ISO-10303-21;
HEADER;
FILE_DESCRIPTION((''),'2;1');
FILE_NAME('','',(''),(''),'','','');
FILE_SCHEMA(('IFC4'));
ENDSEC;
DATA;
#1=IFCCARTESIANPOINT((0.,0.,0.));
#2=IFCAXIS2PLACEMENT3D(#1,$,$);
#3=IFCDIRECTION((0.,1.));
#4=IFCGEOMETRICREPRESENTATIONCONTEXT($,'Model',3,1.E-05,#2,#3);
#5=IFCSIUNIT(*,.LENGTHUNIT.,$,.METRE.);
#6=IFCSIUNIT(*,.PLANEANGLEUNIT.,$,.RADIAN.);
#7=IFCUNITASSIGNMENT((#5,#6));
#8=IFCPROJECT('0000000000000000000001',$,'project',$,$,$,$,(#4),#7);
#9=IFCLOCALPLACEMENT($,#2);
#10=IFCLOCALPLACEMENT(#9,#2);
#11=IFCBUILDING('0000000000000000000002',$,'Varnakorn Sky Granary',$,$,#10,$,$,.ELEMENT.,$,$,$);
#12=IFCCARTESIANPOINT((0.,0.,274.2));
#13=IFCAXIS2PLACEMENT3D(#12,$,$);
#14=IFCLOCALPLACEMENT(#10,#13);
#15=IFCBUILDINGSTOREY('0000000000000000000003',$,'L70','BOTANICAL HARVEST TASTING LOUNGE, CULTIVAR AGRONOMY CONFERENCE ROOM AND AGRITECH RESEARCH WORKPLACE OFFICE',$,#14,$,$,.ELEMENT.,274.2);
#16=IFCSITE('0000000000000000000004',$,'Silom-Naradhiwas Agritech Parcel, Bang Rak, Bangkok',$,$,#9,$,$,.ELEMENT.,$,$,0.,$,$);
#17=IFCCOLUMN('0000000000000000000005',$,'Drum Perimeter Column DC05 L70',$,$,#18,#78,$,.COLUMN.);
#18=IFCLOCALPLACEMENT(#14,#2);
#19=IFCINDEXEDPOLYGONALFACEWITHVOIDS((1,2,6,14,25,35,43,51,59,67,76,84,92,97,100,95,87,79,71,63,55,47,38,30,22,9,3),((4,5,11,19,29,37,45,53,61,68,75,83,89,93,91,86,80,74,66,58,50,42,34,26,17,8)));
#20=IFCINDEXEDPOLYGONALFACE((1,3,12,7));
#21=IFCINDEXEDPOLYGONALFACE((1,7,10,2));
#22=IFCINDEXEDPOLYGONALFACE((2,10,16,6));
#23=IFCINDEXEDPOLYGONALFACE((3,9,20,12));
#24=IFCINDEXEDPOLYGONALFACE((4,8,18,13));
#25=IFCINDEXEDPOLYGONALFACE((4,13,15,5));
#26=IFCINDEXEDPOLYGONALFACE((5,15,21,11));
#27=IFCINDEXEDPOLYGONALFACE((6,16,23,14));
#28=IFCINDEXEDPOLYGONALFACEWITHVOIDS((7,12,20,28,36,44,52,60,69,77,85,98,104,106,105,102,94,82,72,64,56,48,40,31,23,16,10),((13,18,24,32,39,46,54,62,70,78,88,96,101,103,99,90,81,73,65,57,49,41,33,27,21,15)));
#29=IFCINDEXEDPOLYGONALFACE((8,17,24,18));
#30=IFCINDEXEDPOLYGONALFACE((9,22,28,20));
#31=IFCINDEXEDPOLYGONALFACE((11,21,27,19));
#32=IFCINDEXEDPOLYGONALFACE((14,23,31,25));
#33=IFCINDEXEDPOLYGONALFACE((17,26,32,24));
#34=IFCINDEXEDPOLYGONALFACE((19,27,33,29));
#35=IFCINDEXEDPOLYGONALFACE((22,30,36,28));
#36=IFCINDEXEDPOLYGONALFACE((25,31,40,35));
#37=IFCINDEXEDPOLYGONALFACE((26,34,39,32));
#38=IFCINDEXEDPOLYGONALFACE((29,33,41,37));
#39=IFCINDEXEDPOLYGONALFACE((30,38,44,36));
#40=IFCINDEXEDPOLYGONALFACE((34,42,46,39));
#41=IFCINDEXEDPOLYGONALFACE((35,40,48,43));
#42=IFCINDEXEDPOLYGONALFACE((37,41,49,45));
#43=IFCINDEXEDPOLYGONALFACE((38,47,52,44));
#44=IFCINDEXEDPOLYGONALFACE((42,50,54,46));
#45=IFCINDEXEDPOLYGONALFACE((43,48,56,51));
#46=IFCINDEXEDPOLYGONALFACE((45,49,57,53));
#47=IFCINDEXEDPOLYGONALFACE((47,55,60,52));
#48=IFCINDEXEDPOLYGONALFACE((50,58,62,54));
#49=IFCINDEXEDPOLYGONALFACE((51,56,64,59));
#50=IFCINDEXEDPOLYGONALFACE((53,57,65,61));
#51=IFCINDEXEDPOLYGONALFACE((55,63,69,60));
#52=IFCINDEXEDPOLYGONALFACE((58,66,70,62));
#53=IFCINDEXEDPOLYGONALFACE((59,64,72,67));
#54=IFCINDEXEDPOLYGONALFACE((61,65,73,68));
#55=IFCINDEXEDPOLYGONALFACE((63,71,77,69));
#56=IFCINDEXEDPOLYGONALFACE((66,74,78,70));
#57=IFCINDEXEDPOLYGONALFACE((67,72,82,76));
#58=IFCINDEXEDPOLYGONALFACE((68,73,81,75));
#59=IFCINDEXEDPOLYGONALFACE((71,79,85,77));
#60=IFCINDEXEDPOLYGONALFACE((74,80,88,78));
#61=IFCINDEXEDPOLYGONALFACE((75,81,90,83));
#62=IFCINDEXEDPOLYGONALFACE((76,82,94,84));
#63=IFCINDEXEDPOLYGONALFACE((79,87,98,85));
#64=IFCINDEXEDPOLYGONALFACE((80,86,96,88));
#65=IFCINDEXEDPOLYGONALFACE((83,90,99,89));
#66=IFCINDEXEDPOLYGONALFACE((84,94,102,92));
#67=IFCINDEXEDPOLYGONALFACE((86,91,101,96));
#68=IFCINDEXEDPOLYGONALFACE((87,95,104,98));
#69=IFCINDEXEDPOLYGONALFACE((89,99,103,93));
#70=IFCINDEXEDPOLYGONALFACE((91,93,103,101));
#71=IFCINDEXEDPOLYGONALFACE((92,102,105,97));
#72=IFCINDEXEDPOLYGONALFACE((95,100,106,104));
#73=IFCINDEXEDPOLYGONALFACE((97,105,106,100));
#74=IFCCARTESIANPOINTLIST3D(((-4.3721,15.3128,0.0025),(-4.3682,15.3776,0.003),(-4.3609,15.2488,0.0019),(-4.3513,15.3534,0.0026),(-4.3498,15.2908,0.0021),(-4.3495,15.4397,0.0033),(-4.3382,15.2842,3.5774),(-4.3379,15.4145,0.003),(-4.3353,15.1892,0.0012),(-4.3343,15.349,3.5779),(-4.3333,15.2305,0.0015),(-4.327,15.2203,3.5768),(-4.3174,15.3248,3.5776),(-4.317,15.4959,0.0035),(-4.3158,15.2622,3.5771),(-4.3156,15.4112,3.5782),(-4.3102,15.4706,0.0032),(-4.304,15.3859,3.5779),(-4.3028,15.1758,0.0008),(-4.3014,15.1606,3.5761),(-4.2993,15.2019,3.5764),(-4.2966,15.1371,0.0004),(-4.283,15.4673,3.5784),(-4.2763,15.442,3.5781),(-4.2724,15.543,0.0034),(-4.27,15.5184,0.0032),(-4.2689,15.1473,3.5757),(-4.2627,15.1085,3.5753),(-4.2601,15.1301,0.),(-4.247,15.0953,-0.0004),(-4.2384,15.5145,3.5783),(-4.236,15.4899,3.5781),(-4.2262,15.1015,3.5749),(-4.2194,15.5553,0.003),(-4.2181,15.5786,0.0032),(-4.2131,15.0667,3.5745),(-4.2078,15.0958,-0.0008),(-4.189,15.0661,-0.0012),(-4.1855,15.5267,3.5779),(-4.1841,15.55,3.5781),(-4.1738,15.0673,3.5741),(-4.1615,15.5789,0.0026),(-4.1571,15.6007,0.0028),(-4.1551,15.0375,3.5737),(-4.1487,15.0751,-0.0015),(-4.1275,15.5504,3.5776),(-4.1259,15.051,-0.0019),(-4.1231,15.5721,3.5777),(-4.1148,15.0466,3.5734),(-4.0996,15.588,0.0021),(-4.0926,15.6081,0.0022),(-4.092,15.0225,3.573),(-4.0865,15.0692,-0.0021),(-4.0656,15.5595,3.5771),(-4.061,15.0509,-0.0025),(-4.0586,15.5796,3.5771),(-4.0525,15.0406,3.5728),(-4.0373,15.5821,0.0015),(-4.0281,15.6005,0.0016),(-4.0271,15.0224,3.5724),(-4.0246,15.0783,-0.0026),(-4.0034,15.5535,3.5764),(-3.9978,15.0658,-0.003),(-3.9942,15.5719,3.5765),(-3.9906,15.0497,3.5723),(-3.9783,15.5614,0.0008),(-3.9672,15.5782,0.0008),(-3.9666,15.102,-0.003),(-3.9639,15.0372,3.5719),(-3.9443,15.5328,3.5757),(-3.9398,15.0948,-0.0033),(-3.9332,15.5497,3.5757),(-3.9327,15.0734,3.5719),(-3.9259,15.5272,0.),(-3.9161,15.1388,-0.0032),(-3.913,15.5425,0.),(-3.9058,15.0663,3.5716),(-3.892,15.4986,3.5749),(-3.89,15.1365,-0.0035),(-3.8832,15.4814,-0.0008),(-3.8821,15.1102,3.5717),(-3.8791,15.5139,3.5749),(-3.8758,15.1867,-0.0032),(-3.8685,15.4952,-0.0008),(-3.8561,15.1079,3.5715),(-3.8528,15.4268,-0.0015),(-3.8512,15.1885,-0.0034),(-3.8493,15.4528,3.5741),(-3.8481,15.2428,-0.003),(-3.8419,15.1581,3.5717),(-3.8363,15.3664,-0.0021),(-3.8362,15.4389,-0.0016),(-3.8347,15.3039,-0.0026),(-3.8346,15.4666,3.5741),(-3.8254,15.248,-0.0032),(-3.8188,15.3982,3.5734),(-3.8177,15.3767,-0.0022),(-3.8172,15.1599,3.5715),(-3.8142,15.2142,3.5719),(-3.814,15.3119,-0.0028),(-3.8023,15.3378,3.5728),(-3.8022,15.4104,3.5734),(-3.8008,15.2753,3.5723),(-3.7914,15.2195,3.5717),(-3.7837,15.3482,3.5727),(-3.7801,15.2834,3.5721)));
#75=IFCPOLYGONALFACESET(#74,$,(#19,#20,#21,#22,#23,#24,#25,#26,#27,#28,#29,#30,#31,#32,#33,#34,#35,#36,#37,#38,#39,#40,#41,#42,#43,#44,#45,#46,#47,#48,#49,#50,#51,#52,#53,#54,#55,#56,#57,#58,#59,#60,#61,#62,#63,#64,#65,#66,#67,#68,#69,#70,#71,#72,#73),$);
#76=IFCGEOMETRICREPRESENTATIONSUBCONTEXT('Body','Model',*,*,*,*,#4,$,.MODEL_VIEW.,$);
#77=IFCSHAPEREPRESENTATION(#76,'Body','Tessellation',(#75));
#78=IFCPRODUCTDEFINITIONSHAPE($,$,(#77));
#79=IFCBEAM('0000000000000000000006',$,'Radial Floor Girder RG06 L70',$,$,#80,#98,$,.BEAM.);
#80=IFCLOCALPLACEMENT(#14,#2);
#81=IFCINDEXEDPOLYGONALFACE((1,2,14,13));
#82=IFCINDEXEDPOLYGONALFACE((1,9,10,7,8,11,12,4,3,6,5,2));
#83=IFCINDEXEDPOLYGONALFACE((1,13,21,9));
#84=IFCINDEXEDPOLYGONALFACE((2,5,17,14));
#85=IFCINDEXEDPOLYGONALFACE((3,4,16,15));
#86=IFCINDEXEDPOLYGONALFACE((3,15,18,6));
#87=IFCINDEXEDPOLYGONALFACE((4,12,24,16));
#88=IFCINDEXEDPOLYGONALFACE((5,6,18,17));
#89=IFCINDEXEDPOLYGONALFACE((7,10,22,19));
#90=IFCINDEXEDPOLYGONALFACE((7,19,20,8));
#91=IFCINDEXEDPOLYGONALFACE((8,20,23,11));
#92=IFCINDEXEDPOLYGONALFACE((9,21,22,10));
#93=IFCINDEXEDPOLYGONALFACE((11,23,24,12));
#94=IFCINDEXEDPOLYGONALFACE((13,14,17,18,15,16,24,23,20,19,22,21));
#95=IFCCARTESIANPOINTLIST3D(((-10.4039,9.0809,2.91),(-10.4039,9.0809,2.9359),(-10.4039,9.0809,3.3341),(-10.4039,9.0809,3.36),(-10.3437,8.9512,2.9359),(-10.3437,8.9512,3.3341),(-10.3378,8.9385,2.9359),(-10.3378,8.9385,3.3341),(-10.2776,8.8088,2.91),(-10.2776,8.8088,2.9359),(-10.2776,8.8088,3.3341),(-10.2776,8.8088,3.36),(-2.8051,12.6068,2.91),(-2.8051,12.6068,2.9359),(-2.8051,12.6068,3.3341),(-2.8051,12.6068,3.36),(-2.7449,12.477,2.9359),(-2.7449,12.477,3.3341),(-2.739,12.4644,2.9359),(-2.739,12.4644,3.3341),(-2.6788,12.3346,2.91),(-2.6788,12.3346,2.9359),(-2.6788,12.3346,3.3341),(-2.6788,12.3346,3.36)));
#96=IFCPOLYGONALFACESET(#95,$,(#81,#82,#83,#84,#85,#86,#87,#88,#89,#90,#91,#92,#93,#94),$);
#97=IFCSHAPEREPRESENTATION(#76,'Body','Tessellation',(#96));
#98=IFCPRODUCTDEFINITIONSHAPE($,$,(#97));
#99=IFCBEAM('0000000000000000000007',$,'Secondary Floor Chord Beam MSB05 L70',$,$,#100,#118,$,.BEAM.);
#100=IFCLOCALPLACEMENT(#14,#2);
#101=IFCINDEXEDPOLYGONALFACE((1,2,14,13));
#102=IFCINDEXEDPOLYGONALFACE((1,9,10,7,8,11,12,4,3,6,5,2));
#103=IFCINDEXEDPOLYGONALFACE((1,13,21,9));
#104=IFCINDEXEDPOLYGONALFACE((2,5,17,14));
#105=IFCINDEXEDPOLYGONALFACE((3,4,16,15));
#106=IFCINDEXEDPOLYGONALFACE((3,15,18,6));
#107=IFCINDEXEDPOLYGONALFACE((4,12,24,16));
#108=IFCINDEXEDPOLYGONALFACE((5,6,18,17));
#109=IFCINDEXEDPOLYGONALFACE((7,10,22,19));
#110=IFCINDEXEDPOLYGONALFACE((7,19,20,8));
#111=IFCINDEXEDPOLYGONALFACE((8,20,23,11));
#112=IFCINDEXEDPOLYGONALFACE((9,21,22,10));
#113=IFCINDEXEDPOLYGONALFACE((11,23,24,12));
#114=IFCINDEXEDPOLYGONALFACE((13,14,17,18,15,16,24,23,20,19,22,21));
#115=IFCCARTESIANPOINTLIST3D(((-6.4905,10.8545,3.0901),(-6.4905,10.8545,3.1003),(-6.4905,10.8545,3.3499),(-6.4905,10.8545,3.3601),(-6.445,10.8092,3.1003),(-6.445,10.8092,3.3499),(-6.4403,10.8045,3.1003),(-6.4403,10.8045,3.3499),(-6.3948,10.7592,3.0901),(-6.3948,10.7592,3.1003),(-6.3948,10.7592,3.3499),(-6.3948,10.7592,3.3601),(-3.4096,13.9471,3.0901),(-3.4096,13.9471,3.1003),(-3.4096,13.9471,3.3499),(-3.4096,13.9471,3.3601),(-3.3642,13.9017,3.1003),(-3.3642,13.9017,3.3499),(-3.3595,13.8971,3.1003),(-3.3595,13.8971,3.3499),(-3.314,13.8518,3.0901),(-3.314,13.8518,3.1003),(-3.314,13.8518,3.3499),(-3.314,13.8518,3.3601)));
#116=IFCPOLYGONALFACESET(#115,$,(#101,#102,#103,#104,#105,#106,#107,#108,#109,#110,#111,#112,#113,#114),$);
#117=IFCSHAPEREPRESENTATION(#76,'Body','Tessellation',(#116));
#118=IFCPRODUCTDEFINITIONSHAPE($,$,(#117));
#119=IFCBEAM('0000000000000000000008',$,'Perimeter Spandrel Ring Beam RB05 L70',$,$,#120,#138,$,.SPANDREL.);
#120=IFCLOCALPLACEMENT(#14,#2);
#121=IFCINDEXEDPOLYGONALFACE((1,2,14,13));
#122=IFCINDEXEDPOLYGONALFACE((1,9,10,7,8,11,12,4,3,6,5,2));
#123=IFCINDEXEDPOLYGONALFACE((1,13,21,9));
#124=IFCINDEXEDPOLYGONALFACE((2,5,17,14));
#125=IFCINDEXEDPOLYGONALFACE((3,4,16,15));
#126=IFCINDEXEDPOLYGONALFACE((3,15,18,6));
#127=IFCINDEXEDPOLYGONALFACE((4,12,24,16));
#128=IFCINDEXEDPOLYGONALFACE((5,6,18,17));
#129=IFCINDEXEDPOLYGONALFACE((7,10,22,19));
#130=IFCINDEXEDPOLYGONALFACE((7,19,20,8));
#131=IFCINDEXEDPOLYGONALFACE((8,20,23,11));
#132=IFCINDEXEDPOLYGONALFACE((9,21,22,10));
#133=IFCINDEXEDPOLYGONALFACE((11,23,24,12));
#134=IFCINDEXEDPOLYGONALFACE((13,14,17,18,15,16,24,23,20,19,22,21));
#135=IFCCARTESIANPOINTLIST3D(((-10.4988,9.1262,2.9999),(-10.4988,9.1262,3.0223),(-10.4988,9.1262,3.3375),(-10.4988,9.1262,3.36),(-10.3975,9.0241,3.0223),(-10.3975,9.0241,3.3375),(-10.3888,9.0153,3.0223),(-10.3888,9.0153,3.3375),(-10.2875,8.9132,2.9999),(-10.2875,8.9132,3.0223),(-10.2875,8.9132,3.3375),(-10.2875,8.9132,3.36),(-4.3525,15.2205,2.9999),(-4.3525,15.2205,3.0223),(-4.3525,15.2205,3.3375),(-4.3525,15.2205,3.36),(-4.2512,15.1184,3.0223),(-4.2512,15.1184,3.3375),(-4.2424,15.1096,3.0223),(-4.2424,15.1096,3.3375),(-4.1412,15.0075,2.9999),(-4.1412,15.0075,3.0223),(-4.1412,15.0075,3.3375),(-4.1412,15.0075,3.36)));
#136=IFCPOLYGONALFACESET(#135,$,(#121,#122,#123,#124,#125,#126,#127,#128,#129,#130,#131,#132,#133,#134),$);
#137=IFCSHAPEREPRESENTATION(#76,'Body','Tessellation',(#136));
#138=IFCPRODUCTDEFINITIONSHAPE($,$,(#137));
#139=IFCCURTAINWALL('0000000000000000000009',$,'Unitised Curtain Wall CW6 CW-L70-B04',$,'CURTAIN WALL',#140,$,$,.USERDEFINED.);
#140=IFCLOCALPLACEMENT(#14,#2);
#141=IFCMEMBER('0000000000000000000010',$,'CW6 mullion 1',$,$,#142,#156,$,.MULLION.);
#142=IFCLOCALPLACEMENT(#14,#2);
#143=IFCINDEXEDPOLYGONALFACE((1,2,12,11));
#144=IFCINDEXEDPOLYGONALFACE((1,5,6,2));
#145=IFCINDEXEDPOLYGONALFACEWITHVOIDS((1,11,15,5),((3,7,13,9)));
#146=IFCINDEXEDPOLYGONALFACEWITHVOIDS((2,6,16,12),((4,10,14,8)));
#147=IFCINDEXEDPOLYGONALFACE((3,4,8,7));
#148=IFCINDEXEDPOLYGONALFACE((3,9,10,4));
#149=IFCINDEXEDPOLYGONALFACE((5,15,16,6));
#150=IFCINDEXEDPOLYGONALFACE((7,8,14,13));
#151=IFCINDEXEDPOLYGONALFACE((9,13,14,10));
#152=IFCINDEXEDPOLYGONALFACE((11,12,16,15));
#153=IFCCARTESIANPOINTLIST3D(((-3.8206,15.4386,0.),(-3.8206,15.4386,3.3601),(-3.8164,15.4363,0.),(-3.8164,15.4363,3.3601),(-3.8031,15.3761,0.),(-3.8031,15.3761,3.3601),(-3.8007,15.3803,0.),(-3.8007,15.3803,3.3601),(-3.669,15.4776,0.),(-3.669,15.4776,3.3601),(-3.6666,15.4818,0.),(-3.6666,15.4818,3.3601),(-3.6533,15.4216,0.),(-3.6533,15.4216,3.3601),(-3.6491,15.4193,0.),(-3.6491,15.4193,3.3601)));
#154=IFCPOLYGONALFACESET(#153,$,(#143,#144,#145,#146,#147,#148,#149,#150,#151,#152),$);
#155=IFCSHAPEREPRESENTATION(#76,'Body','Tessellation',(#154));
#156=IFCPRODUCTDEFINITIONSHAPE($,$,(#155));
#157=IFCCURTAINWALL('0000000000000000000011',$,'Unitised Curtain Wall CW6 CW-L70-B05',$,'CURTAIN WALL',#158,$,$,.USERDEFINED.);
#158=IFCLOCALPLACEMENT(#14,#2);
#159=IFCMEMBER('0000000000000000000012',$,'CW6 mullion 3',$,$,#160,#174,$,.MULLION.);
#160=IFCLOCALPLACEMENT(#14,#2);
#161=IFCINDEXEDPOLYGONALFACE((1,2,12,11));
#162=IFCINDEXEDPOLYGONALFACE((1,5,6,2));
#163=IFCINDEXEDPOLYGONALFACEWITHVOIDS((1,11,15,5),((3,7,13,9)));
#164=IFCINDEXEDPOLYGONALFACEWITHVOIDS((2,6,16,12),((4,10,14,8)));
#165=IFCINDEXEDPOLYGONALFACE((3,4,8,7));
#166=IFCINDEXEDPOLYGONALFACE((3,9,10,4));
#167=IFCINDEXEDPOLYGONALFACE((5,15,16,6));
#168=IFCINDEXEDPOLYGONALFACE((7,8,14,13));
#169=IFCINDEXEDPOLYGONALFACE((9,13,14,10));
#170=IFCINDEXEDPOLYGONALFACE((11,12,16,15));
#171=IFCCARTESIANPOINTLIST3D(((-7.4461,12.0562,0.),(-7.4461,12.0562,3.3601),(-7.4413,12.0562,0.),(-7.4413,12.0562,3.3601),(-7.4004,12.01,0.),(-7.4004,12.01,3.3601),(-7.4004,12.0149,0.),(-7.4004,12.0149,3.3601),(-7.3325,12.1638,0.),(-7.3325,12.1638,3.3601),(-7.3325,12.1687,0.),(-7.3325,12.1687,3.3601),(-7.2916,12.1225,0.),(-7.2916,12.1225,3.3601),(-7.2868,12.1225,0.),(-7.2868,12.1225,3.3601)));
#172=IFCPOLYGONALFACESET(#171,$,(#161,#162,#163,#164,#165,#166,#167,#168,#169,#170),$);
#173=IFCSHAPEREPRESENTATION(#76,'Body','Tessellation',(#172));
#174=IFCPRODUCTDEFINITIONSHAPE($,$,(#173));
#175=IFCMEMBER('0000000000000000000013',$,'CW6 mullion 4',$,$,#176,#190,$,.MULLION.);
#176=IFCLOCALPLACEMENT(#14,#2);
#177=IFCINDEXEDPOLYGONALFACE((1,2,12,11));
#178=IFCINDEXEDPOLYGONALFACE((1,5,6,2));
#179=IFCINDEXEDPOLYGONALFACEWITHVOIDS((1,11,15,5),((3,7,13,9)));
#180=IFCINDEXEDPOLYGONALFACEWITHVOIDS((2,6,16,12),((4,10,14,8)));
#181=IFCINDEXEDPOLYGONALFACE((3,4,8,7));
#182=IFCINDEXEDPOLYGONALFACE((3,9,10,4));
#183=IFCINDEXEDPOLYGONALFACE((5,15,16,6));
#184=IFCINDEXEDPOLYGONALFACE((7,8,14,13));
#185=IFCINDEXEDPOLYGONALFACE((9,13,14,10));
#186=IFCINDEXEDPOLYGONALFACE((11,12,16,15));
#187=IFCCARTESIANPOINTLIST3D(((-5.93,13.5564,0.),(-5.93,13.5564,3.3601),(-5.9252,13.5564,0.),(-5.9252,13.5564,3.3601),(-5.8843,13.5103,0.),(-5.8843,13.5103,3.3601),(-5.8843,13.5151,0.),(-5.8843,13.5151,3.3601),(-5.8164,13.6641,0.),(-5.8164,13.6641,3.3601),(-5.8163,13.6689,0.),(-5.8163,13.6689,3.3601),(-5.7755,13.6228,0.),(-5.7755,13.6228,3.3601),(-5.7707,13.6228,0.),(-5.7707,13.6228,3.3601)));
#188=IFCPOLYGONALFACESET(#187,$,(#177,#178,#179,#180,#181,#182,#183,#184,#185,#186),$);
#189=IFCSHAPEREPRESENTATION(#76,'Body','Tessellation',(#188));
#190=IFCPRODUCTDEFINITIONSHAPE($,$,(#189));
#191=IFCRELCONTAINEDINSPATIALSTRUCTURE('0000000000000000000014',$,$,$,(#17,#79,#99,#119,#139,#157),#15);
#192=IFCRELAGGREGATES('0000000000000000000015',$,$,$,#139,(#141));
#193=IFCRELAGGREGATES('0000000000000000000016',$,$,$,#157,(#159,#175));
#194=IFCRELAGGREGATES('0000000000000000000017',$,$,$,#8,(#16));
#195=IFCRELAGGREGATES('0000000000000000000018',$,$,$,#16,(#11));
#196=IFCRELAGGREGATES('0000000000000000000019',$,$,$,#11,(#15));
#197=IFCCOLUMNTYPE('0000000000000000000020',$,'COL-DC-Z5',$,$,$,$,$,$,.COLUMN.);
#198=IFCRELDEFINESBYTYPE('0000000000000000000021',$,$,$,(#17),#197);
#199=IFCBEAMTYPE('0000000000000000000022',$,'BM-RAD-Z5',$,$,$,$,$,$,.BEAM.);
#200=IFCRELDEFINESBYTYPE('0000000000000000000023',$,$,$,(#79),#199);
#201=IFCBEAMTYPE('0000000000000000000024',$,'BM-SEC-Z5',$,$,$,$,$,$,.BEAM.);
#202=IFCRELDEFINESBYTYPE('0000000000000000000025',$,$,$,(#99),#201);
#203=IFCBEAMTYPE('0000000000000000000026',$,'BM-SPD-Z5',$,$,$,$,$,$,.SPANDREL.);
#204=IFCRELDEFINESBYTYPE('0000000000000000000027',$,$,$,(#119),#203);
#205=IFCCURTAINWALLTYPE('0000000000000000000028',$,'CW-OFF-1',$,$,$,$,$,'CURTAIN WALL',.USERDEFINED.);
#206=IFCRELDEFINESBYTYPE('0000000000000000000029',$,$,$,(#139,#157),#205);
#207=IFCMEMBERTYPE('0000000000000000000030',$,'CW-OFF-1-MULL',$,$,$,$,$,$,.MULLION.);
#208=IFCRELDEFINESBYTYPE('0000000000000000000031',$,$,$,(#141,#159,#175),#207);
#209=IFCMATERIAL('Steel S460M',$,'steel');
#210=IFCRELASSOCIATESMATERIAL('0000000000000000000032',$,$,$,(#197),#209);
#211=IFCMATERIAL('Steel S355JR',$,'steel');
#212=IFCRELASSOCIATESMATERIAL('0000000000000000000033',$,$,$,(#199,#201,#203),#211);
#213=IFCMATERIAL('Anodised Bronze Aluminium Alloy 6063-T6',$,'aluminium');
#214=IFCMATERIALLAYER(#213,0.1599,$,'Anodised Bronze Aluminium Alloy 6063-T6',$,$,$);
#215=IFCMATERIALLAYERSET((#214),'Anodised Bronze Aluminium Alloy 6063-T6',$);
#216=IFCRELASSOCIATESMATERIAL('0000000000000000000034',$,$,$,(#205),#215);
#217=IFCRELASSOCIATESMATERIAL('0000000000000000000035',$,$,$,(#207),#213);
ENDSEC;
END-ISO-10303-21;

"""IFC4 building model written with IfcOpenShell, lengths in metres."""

from ifc_helpers import new_model, si_unit, direction, frame, origin, origin_2d, place, context, subcontext, project, spatial, hollow_rectangle, hollow_circle, i_section, extrude, material, layer, layer_set, material_profile, profile_set, type_object, element, aggregate, save


model = new_model("IFC4")

# Units and contexts
model_context = context("Model", 3, precision=1e-05, world=origin(), true_north=direction((0.0, 1.0)))
body_context = subcontext(model_context, "Body", "Model", "MODEL_VIEW")
ifc_project = project(units=[si_unit("LENGTHUNIT", "METRE"), si_unit("PLANEANGLEUNIT", "RADIAN")], contexts=[model_context])

# Site, building, storey
site_placement = place(None, origin())
site = spatial("IfcSite", under=ifc_project, at=site_placement, Name="Silom-Naradhiwas Agritech Parcel, Bang Rak, Bangkok", CompositionType="ELEMENT", RefElevation=0.0)
building_placement = place(site_placement, origin())
building = spatial("IfcBuilding", under=site, at=building_placement, Name="Varnakorn Sky Granary", CompositionType="ELEMENT")
storey_placement = place(building_placement, frame((0.0, 0.0, 274.2)))
storey = spatial("IfcBuildingStorey", under=building, at=storey_placement, Name="L70", Description="BOTANICAL HARVEST TASTING LOUNGE, CULTIVAR AGRONOMY CONFERENCE ROOM AND AGRITECH RESEARCH WORKPLACE OFFICE", CompositionType="ELEMENT", Elevation=274.2)

# Column
ifc_material_1 = material(Name="Steel S460M", Category="steel")
ifc_material_profile_1 = material_profile(ifc_material_1, hollow_circle(Radius=0.2795, WallThickness=0.02, at=origin_2d()), Name="CHS 559x20")
ifc_profile_set_1 = profile_set([ifc_material_profile_1], Name="Steel S460M")
column_type = type_object("IfcColumnType", Name="COL-DC-Z5", PredefinedType="COLUMN", material=ifc_profile_set_1)
column_placement = place(storey_placement, frame((-4.093, 15.3286, 0.0), z_axis=(0.009492, -0.00799, 0.999923), x_axis=(0.643966, 0.765054, 0.0)))
element("IfcColumn", 1, at=column_placement, inside=storey, type_object=column_type, Name="Drum Perimeter Column DC05 L70", PredefinedType="COLUMN", context=body_context, shape_type="SweptSolid", body=[
    extrude(hollow_circle(Radius=0.2795, WallThickness=0.02, at=origin_2d()), origin(), (0.0, 0.0, 1.0), 3.5752),
])

# Beams
ifc_material_2 = material(Name="Steel S355JR", Category="steel")
ifc_material_profile_2 = material_profile(ifc_material_2, i_section(OverallWidth=0.3, OverallDepth=0.45, WebThickness=0.0139, FlangeThickness=0.0259, at=origin_2d()), Name="HE 450 B")
ifc_profile_set_2 = profile_set([ifc_material_profile_2], Name="Steel S355JR")
beam_type_1 = type_object("IfcBeamType", Name="BM-RAD-Z5", PredefinedType="BEAM", material=ifc_profile_set_2)
beam_1_placement = place(storey_placement, frame((-2.7419, 12.4707, 3.135), z_axis=(-0.907108, -0.420898, 0.0), x_axis=(0.420898, -0.907108, 0.0)))
element("IfcBeam", 2, at=beam_1_placement, inside=storey, type_object=beam_type_1, Name="Radial Floor Girder RG06 L70", PredefinedType="BEAM", context=body_context, shape_type="SweptSolid", body=[
    extrude(i_section(OverallWidth=0.3, OverallDepth=0.45, WebThickness=0.0139, FlangeThickness=0.0259, at=origin_2d()), origin(), (0.0, 0.0, 1.0), 8.377),
])
ifc_material_profile_3 = material_profile(ifc_material_2, i_section(OverallWidth=0.135, OverallDepth=0.27, WebThickness=0.0066, FlangeThickness=0.0103, at=origin_2d()), Name="IPE 270")
ifc_profile_set_3 = profile_set([ifc_material_profile_3], Name="Steel S355JR")
beam_type_2 = type_object("IfcBeamType", Name="BM-SEC-Z5", PredefinedType="BEAM", material=ifc_profile_set_3)
beam_2_placement = place(storey_placement, frame((-3.3618, 13.8994, 3.2251), z_axis=(-0.705763, -0.708448, 0.0), x_axis=(0.708448, -0.705763, 0.0)))
element("IfcBeam", 3, at=beam_2_placement, inside=storey, type_object=beam_type_2, Name="Secondary Floor Chord Beam MSB05 L70", PredefinedType="BEAM", context=body_context, shape_type="SweptSolid", body=[
    extrude(i_section(OverallWidth=0.135, OverallDepth=0.27, WebThickness=0.0066, FlangeThickness=0.0103, at=origin_2d()), origin(), (0.0, 0.0, 1.0), 4.3652),
])
ifc_material_profile_4 = material_profile(ifc_material_2, i_section(OverallWidth=0.3, OverallDepth=0.3601, WebThickness=0.0125, FlangeThickness=0.0225, at=origin_2d()), Name="HE 360 B")
ifc_profile_set_4 = profile_set([ifc_material_profile_4], Name="Steel S355JR")
beam_type_3 = type_object("IfcBeamType", Name="BM-SPD-Z5", PredefinedType="SPANDREL", material=ifc_profile_set_4)
beam_3_placement = place(storey_placement, frame((-4.2468, 15.114, 3.1799), z_axis=(-0.710104, -0.704096, 0.0), x_axis=(0.704096, -0.710104, 0.0)))
element("IfcBeam", 4, at=beam_3_placement, inside=storey, type_object=beam_type_3, Name="Perimeter Spandrel Ring Beam RB05 L70", PredefinedType="SPANDREL", context=body_context, shape_type="SweptSolid", body=[
    extrude(i_section(OverallWidth=0.3, OverallDepth=0.3601, WebThickness=0.0125, FlangeThickness=0.0225, at=origin_2d()), origin(), (0.0, 0.0, 1.0), 8.6555),
])

# Curtain wall, member
ifc_material_3 = material(Name="Anodised Bronze Aluminium Alloy 6063-T6", Category="aluminium")
ifc_layer_1 = layer(ifc_material_3, 0.1599, Name="Anodised Bronze Aluminium Alloy 6063-T6")
ifc_layer_set_1 = layer_set([ifc_layer_1], Name="Anodised Bronze Aluminium Alloy 6063-T6")
curtain_wall_type = type_object("IfcCurtainWallType", Name="CW-OFF-1", ElementType="CURTAIN WALL", PredefinedType="USERDEFINED", material=ifc_layer_set_1)
curtain_wall_1_placement = place(storey_placement, origin())
curtain_wall_1 = element("IfcCurtainWall", 5, at=curtain_wall_1_placement, inside=storey, type_object=curtain_wall_type, Name="Unitised Curtain Wall CW6 CW-L70-B04", ObjectType="CURTAIN WALL", PredefinedType="USERDEFINED")
ifc_material_profile_5 = material_profile(ifc_material_3, hollow_rectangle(XDim=0.0649, YDim=0.1599, WallThickness=0.0034, at=origin_2d()), Name="ALU MULL 65x160")
ifc_profile_set_5 = profile_set([ifc_material_profile_5], Name="Anodised Bronze Aluminium Alloy 6063-T6")
member_type_1 = type_object("IfcMemberType", Name="CW-OFF-1-MULL", PredefinedType="MULLION", material=ifc_profile_set_5)
member_1_placement = place(storey_placement, frame((-3.7349, 15.429, 0.0), z_axis=(0.0, 0.0, 1.0), x_axis=(-0.269869, 0.962897, 0.0)))
member_1 = element("IfcMember", 6, at=member_1_placement, type_object=member_type_1, Name="CW6 mullion 1", PredefinedType="MULLION", context=body_context, shape_type="SweptSolid", body=[
    extrude(hollow_rectangle(XDim=0.0649, YDim=0.1599, WallThickness=0.0034, at=origin_2d()), origin(), (0.0, 0.0, 1.0), 3.3601),
])

# Curtain wall, members
curtain_wall_2_placement = place(storey_placement, origin())
curtain_wall_2 = element("IfcCurtainWall", 7, at=curtain_wall_2_placement, inside=storey, type_object=curtain_wall_type, Name="Unitised Curtain Wall CW6 CW-L70-B05", ObjectType="CURTAIN WALL", PredefinedType="USERDEFINED")
member_2_placement = place(storey_placement, frame((-7.3665, 12.0894, 0.0), z_axis=(0.0, 0.0, 1.0), x_axis=(-0.703399, 0.710795, 0.0)))
member_2 = element("IfcMember", 8, at=member_2_placement, type_object=member_type_1, Name="CW6 mullion 3", PredefinedType="MULLION", context=body_context, shape_type="SweptSolid", body=[
    extrude(hollow_rectangle(XDim=0.0649, YDim=0.1599, WallThickness=0.0034, at=origin_2d()), origin(), (0.0, 0.0, 1.0), 3.3601),
])
member_3_placement = place(storey_placement, frame((-5.8503, 13.5896, 0.0), z_axis=(0.0, 0.0, 1.0), x_axis=(-0.703399, 0.710795, 0.0)))
member_3 = element("IfcMember", 9, at=member_3_placement, type_object=member_type_1, Name="CW6 mullion 4", PredefinedType="MULLION", context=body_context, shape_type="SweptSolid", body=[
    extrude(hollow_rectangle(XDim=0.0649, YDim=0.1599, WallThickness=0.0034, at=origin_2d()), origin(), (0.0, 0.0, 1.0), 3.3601),
])

aggregate(curtain_wall_1, [member_1])

aggregate(curtain_wall_2, [member_2, member_3])

save(model, "model.ifc")
